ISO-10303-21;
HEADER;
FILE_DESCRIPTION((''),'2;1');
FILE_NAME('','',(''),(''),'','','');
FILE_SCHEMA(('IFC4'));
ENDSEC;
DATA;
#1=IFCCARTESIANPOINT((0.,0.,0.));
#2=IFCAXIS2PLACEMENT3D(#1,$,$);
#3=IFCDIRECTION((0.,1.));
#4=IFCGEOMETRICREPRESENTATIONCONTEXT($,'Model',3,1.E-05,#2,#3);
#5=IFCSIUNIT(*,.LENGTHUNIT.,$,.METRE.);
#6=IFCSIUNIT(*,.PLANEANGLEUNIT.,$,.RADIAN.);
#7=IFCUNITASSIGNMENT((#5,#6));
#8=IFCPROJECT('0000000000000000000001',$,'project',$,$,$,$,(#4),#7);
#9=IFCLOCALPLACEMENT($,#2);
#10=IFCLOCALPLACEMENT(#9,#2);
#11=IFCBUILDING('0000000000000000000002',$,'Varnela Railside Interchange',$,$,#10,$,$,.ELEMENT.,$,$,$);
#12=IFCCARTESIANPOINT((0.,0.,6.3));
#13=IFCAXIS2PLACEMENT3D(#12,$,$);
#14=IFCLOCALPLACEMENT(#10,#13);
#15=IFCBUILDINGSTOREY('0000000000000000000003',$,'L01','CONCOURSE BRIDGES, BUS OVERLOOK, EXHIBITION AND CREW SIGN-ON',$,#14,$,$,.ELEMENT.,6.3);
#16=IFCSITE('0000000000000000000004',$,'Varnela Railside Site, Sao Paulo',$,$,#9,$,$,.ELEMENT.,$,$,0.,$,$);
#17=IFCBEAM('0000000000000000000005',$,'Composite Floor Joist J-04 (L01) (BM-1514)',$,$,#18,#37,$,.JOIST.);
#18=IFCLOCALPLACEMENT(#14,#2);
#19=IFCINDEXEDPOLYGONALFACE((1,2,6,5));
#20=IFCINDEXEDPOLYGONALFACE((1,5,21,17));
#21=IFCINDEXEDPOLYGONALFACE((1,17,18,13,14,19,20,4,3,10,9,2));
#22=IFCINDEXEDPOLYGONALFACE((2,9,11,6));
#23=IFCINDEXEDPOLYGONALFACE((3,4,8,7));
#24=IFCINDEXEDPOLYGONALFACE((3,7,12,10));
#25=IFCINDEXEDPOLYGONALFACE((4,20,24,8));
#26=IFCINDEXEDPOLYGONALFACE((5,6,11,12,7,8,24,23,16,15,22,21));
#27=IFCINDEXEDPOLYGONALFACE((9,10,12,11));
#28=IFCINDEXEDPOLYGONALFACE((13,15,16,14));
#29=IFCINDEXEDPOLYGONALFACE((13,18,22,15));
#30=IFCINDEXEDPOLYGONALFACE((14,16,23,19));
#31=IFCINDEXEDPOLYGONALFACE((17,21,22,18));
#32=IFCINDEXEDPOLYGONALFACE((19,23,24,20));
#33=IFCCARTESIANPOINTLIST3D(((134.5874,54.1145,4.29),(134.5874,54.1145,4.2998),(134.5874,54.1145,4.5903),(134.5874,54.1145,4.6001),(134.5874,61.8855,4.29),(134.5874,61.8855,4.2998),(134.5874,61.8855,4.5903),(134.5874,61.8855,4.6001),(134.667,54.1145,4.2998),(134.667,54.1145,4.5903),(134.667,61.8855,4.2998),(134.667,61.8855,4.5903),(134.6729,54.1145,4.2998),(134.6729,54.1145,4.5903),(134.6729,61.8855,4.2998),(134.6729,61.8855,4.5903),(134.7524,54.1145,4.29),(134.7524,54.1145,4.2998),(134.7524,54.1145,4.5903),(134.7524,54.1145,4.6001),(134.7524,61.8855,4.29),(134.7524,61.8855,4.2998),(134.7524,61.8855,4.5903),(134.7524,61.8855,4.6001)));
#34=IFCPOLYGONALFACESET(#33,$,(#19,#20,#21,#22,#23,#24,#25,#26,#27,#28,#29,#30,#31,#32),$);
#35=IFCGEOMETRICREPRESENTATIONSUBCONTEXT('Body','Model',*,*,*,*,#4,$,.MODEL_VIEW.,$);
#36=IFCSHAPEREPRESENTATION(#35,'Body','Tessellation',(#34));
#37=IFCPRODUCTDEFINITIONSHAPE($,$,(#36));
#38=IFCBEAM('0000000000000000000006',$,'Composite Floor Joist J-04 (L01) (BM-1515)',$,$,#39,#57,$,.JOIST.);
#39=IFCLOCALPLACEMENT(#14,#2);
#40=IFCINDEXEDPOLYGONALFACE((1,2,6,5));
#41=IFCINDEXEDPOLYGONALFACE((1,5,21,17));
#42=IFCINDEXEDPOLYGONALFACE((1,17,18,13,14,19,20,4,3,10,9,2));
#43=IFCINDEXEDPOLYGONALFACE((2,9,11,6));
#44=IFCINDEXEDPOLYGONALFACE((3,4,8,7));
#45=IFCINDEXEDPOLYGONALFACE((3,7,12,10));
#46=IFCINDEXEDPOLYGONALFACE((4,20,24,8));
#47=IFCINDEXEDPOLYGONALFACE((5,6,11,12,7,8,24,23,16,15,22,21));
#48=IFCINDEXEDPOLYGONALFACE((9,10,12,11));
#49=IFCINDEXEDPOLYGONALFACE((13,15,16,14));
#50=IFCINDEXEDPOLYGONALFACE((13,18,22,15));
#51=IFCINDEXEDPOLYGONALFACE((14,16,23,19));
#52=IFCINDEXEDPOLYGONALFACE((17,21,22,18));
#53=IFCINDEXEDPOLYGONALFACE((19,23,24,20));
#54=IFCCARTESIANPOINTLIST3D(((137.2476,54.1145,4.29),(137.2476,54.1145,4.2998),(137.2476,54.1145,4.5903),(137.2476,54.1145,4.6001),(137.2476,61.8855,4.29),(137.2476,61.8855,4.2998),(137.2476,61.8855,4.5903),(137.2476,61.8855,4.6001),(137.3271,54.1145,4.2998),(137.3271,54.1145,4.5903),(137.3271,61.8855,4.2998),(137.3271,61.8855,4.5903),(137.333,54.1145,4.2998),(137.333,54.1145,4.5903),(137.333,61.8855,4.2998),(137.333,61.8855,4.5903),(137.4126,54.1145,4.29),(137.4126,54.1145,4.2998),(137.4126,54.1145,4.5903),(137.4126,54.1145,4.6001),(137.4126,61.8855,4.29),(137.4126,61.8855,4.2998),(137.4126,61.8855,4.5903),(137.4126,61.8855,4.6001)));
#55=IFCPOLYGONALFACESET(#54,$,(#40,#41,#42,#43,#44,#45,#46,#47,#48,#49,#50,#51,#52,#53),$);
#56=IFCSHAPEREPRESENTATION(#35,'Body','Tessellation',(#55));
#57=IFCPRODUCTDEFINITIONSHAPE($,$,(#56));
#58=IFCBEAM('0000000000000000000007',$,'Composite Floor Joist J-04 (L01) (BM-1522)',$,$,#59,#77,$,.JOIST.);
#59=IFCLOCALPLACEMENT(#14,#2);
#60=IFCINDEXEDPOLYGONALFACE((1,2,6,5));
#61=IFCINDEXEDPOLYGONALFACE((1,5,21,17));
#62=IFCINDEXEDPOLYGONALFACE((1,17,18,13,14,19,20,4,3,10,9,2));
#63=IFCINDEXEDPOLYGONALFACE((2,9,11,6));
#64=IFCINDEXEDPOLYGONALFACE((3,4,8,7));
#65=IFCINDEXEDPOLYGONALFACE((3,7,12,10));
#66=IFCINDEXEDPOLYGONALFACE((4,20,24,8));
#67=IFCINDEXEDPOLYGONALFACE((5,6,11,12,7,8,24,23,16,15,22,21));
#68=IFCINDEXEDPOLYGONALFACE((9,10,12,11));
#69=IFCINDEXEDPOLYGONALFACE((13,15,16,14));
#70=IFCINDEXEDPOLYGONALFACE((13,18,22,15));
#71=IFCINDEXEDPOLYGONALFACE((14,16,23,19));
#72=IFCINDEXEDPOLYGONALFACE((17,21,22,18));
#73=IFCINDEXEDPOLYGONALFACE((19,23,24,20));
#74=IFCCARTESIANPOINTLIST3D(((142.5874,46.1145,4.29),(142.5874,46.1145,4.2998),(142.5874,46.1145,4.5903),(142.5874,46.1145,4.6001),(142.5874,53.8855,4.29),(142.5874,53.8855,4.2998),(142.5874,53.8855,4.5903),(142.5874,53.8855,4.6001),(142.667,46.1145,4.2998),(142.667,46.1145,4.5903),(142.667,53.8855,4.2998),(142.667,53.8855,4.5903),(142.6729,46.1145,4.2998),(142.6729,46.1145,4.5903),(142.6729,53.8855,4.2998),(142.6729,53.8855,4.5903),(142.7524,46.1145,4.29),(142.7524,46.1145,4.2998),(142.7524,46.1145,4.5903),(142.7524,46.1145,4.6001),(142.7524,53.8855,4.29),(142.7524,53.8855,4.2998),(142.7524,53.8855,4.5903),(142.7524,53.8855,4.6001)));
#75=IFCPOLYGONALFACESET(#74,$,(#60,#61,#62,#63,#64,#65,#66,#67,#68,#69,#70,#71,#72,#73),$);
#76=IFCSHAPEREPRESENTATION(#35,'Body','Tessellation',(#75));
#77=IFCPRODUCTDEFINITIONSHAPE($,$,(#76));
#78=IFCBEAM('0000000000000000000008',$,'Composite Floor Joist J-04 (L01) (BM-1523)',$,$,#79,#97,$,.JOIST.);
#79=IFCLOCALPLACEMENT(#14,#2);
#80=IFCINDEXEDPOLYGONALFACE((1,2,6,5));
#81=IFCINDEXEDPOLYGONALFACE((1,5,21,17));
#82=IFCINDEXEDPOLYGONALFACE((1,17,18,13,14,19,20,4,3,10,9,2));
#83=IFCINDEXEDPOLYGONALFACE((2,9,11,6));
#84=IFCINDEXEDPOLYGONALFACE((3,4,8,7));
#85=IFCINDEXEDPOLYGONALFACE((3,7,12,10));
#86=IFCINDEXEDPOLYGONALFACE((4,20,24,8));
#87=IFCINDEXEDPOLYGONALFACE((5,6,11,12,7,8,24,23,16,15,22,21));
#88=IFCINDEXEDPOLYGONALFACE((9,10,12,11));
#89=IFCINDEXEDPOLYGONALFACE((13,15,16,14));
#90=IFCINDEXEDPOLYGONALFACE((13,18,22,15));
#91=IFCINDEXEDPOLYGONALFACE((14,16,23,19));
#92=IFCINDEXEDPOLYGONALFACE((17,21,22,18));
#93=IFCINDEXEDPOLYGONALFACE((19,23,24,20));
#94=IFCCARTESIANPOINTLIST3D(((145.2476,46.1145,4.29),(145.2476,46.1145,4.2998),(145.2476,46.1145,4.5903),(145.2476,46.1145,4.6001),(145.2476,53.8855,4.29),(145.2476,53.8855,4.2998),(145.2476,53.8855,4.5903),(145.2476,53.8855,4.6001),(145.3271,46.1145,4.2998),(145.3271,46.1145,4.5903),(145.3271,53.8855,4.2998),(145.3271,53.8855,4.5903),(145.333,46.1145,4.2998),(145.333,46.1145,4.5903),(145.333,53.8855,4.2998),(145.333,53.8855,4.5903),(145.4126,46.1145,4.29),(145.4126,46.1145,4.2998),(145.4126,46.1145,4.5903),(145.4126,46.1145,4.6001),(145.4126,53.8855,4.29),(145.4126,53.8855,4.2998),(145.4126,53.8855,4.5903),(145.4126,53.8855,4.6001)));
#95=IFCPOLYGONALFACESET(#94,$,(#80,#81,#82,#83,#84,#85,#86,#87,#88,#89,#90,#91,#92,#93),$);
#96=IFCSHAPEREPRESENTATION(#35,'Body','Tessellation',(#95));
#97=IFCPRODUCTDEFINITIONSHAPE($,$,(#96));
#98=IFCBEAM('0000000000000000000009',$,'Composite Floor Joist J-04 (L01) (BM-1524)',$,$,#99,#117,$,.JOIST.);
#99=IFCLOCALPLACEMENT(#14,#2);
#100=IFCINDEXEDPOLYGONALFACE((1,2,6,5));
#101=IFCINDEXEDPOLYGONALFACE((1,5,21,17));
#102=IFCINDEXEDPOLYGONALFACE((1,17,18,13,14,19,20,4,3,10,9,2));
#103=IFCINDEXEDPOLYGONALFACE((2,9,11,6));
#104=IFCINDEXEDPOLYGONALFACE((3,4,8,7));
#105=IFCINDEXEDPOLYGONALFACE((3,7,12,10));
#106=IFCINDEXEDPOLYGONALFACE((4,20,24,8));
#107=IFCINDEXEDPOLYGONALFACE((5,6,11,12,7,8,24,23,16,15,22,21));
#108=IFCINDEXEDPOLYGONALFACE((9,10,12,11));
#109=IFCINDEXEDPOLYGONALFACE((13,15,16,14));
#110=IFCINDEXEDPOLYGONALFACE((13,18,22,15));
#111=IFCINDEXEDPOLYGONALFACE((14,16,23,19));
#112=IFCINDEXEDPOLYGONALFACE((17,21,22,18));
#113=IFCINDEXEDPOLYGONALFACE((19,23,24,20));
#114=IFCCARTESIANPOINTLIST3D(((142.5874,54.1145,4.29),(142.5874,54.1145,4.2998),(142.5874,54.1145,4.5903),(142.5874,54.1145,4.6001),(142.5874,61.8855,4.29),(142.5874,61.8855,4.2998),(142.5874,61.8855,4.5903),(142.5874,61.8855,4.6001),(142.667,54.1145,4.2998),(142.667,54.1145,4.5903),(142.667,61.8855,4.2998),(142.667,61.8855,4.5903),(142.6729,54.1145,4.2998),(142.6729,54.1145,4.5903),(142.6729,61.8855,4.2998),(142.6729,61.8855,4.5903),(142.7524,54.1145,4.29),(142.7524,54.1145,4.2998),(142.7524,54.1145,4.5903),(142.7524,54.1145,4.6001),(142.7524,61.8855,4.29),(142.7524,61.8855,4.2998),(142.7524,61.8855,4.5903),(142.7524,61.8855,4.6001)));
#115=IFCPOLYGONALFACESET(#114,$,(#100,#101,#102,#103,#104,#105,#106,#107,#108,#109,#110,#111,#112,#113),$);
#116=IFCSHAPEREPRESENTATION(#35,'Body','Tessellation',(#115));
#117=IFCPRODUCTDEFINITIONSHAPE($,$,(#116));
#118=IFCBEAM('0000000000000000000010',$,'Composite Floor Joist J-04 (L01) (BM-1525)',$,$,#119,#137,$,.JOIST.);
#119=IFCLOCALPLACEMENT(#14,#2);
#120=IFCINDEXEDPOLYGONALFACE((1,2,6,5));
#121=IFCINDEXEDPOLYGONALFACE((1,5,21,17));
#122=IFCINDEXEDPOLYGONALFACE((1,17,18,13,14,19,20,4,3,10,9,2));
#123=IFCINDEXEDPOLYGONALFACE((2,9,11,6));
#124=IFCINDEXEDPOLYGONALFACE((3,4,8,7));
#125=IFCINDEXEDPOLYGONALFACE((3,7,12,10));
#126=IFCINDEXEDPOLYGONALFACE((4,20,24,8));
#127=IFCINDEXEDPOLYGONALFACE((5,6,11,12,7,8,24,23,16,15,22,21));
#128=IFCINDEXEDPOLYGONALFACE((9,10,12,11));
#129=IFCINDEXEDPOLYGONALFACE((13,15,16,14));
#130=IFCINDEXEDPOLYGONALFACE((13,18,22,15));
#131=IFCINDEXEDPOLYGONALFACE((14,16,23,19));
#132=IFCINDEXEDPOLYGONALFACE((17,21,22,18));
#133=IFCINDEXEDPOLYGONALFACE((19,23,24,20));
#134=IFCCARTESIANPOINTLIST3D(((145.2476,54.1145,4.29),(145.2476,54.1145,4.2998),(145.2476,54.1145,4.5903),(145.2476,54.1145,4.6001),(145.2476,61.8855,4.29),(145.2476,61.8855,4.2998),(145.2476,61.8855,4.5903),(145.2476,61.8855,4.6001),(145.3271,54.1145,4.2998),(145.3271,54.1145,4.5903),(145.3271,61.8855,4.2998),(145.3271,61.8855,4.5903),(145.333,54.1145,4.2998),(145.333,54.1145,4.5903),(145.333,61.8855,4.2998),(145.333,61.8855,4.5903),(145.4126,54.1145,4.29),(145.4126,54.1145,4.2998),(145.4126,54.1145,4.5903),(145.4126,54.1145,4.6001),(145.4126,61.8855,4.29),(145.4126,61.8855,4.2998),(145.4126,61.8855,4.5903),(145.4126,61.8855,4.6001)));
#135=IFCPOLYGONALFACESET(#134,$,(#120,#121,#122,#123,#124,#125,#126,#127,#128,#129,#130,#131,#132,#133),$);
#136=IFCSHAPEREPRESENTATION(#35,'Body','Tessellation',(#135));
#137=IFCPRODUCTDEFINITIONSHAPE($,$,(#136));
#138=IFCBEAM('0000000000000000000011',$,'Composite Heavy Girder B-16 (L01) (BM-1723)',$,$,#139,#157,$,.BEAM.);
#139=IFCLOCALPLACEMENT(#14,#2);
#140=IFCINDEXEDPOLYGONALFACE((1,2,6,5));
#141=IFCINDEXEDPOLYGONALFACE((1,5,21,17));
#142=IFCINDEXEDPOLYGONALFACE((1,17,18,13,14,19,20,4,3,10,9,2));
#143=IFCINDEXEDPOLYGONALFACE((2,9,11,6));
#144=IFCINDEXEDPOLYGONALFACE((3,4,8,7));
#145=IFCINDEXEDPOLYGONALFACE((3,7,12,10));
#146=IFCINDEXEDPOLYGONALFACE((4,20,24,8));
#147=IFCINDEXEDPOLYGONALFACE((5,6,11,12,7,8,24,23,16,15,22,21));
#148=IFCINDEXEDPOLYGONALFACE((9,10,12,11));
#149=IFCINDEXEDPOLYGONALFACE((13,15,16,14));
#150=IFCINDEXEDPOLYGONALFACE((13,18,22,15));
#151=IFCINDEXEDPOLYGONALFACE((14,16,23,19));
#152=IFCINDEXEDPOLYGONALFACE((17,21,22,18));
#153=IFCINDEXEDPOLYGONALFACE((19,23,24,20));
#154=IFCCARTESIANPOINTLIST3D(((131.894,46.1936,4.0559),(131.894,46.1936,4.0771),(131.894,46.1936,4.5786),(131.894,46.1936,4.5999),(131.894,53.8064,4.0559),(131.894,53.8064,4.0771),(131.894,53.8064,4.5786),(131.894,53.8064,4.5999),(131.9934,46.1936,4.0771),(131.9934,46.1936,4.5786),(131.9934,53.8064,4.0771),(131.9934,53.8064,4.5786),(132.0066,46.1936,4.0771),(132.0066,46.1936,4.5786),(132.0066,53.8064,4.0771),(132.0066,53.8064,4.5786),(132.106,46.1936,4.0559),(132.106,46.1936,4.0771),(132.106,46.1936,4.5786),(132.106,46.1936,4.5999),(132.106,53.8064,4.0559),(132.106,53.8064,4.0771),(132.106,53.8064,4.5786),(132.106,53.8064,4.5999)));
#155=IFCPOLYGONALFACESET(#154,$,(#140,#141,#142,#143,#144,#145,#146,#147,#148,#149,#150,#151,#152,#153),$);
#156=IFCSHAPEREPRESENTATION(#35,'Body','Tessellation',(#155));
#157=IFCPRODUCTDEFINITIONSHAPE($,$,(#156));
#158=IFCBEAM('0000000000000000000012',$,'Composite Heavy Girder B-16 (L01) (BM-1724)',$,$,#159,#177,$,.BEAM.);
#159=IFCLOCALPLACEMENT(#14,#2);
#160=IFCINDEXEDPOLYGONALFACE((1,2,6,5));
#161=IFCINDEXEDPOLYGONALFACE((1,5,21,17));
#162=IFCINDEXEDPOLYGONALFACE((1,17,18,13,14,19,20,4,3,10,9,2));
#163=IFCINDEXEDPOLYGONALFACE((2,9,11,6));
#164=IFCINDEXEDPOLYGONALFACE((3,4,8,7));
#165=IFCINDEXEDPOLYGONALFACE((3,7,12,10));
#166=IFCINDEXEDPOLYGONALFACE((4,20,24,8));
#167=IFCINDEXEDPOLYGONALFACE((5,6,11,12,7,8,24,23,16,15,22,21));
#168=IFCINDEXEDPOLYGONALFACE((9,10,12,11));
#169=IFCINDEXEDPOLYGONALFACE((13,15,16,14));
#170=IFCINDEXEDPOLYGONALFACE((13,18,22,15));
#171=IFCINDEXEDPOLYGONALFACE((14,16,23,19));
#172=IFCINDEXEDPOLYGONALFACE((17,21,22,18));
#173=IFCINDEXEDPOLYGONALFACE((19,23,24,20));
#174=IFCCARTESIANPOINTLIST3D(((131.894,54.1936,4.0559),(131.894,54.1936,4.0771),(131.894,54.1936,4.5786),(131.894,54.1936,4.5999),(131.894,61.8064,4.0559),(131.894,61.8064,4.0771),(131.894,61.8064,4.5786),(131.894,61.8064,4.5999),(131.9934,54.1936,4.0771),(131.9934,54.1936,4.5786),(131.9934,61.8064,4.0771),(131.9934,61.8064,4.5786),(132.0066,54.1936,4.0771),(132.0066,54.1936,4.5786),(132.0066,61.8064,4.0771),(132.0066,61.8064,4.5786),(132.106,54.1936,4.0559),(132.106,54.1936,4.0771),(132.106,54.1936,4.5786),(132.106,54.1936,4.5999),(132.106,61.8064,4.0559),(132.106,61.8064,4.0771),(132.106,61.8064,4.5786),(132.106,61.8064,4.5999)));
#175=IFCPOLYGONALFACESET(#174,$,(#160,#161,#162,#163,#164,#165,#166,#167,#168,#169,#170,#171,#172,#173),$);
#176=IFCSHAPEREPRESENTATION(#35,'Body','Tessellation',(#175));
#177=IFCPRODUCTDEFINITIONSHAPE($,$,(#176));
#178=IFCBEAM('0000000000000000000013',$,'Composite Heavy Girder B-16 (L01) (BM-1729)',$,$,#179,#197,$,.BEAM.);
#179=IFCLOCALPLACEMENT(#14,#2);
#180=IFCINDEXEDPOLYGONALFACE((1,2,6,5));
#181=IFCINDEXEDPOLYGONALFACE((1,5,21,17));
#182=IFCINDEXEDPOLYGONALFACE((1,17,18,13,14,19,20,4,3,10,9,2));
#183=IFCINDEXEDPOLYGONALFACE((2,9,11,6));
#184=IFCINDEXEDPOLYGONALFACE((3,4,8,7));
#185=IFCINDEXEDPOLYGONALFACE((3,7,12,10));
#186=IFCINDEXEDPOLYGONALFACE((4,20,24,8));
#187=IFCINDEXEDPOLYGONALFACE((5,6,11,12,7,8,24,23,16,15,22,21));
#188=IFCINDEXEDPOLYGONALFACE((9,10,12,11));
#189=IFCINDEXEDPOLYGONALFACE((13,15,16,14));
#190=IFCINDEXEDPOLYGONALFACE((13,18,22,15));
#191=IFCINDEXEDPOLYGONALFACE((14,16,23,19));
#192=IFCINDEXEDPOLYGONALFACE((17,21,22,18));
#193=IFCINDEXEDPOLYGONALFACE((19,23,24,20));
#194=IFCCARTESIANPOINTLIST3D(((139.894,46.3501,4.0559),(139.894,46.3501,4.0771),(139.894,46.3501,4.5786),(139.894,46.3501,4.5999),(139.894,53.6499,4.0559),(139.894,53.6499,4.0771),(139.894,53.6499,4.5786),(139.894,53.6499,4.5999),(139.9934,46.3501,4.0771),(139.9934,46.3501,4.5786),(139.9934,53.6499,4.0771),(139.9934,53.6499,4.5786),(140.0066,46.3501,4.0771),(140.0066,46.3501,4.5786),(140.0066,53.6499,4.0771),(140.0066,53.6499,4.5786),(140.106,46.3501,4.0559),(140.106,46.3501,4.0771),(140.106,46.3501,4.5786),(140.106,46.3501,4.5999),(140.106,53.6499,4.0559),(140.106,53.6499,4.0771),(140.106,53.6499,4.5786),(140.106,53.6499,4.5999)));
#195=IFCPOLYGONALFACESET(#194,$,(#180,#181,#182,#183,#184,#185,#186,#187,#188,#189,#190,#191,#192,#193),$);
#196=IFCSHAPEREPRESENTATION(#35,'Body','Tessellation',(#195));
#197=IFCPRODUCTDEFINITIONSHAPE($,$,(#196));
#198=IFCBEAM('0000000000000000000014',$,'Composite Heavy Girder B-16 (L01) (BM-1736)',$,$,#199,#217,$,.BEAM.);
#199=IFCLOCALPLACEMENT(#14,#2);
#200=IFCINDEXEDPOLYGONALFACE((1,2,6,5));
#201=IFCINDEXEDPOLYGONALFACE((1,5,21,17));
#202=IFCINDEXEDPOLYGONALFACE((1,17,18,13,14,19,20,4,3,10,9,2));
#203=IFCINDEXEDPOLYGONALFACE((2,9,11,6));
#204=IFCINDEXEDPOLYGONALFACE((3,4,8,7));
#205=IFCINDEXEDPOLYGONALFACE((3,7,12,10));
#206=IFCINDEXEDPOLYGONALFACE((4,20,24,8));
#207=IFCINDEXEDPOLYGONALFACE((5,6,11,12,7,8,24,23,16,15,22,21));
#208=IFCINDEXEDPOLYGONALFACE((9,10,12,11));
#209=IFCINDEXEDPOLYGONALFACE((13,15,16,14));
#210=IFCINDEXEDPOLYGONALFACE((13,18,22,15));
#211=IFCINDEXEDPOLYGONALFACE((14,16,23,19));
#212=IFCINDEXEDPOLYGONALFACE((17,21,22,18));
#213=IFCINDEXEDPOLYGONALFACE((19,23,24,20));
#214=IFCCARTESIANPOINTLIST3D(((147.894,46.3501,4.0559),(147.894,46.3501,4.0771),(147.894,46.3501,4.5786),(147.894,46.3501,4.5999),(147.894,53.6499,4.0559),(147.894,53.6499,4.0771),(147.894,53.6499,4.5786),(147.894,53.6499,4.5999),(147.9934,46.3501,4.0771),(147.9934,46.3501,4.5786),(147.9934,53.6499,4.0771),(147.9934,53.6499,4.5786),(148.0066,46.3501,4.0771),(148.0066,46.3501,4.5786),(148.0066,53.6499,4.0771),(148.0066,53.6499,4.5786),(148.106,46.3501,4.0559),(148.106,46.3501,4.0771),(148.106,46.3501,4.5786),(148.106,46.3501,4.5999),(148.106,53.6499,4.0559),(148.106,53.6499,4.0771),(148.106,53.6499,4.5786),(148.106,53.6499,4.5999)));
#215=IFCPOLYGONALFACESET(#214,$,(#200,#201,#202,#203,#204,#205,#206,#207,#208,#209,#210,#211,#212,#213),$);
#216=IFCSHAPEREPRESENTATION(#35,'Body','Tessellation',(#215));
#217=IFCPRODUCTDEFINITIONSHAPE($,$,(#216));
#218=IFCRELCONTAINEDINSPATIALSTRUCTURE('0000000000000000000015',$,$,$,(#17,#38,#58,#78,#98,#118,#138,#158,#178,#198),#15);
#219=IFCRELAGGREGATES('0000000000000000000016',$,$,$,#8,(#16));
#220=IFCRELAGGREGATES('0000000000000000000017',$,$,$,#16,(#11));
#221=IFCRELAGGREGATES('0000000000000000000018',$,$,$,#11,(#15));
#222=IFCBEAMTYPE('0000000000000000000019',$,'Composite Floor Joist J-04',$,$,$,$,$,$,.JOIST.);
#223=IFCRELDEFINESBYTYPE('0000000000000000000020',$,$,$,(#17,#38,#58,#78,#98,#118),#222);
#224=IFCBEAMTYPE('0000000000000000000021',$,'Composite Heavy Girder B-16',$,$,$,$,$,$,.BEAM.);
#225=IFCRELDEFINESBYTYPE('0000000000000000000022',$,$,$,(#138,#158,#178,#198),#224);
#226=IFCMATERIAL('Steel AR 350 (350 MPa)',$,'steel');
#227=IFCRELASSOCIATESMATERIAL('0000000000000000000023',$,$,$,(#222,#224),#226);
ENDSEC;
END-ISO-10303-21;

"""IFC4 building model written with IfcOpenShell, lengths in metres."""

from ifc_helpers import new_model, si_unit, direction, frame, origin, origin_2d, place, context, subcontext, project, spatial, i_section, extrude, material, material_profile, profile_set, type_object, element, save


model = new_model("IFC4")

# Units and contexts
model_context = context("Model", 3, precision=1e-05, world=origin(), true_north=direction((0.0, 1.0)))
body_context = subcontext(model_context, "Body", "Model", "MODEL_VIEW")
ifc_project = project(units=[si_unit("LENGTHUNIT", "METRE"), si_unit("PLANEANGLEUNIT", "RADIAN")], contexts=[model_context])

# Site, building, storey
site_placement = place(None, origin())
site = spatial("IfcSite", under=ifc_project, at=site_placement, Name="Varnela Railside Site, Sao Paulo", CompositionType="ELEMENT", RefElevation=0.0)
building_placement = place(site_placement, origin())
building = spatial("IfcBuilding", under=site, at=building_placement, Name="Varnela Railside Interchange", CompositionType="ELEMENT")
storey_placement = place(building_placement, frame((0.0, 0.0, 6.3)))
storey = spatial("IfcBuildingStorey", under=building, at=storey_placement, Name="L01", Description="CONCOURSE BRIDGES, BUS OVERLOOK, EXHIBITION AND CREW SIGN-ON", CompositionType="ELEMENT", Elevation=6.3)

# Shared definitions
ifc_material_1 = material(Name="Steel AR 350 (350 MPa)", Category="steel")

# Beams
ifc_material_profile_1 = material_profile(ifc_material_1, i_section(OverallWidth=0.165, OverallDepth=0.3101, WebThickness=0.0059, FlangeThickness=0.0098, at=origin_2d()), Name="W310x38.7")
ifc_profile_set_1 = profile_set([ifc_material_profile_1], Name="Steel AR 350 (350 MPa)")
beam_type_1 = type_object("IfcBeamType", Name="Composite Floor Joist J-04", PredefinedType="JOIST", material=ifc_profile_set_1)
for number, where, z_axis, x_axis, name in (
    (1, (134.6699, 54.1145, 4.4451), (0.0, 1.0, 0.0), (-1.0, 0.0, 0.0), "Composite Floor Joist J-04 (L01) (BM-1514)"),
    (2, (137.3301, 54.1145, 4.4451), (0.0, 1.0, 0.0), (-1.0, 0.0, 0.0), "Composite Floor Joist J-04 (L01) (BM-1515)"),
    (3, (142.6699, 46.1145, 4.4451), (0.0, 1.0, 0.0), (-1.0, 0.0, 0.0), "Composite Floor Joist J-04 (L01) (BM-1522)"),
    (4, (145.3301, 46.1145, 4.4451), (0.0, 1.0, 0.0), (-1.0, 0.0, 0.0), "Composite Floor Joist J-04 (L01) (BM-1523)"),
    (5, (142.6699, 54.1145, 4.4451), (0.0, 1.0, 0.0), (-1.0, 0.0, 0.0), "Composite Floor Joist J-04 (L01) (BM-1524)"),
    (6, (145.3301, 54.1145, 4.4451), (0.0, 1.0, 0.0), (-1.0, 0.0, 0.0), "Composite Floor Joist J-04 (L01) (BM-1525)"),
):
    element("IfcBeam", number, at=place(storey_placement, frame(where, z_axis=z_axis, x_axis=x_axis)), inside=storey, type_object=beam_type_1, Name=name, PredefinedType="JOIST", context=body_context, shape_type="SweptSolid", body=[
        extrude(i_section(OverallWidth=0.165, OverallDepth=0.3101, WebThickness=0.0059, FlangeThickness=0.0098, at=origin_2d()), origin(), (0.0, 0.0, 1.0), 7.771),
    ])
ifc_material_profile_2 = material_profile(ifc_material_1, i_section(OverallWidth=0.2119, OverallDepth=0.5439, WebThickness=0.0132, FlangeThickness=0.0212, at=origin_2d()), Name="W530x123")
ifc_profile_set_2 = profile_set([ifc_material_profile_2], Name="Steel AR 350 (350 MPa)")
beam_type_2 = type_object("IfcBeamType", Name="Composite Heavy Girder B-16", PredefinedType="BEAM", material=ifc_profile_set_2)
for number, where, z_axis, x_axis, name in (
    (7, (132.0, 46.1936, 4.3279), (0.0, 1.0, 0.0), (-1.0, 0.0, 0.0), "Composite Heavy Girder B-16 (L01) (BM-1723)"),
    (8, (132.0, 54.1936, 4.3279), (0.0, 1.0, 0.0), (-1.0, 0.0, 0.0), "Composite Heavy Girder B-16 (L01) (BM-1724)"),
):
    element("IfcBeam", number, at=place(storey_placement, frame(where, z_axis=z_axis, x_axis=x_axis)), inside=storey, type_object=beam_type_2, Name=name, PredefinedType="BEAM", context=body_context, shape_type="SweptSolid", body=[
        extrude(i_section(OverallWidth=0.2119, OverallDepth=0.5439, WebThickness=0.0132, FlangeThickness=0.0212, at=origin_2d()), origin(), (0.0, 0.0, 1.0), 7.6128),
    ])
for number, where, z_axis, x_axis, name in (
    (9, (140.0, 46.3501, 4.3279), (0.0, 1.0, 0.0), (-1.0, 0.0, 0.0), "Composite Heavy Girder B-16 (L01) (BM-1729)"),
    (10, (148.0, 46.3501, 4.3279), (0.0, 1.0, 0.0), (-1.0, 0.0, 0.0), "Composite Heavy Girder B-16 (L01) (BM-1736)"),
):
    element("IfcBeam", number, at=place(storey_placement, frame(where, z_axis=z_axis, x_axis=x_axis)), inside=storey, type_object=beam_type_2, Name=name, PredefinedType="BEAM", context=body_context, shape_type="SweptSolid", body=[
        extrude(i_section(OverallWidth=0.2119, OverallDepth=0.5439, WebThickness=0.0132, FlangeThickness=0.0212, at=origin_2d()), origin(), (0.0, 0.0, 1.0), 7.2998),
    ])

save(model, "model.ifc")
